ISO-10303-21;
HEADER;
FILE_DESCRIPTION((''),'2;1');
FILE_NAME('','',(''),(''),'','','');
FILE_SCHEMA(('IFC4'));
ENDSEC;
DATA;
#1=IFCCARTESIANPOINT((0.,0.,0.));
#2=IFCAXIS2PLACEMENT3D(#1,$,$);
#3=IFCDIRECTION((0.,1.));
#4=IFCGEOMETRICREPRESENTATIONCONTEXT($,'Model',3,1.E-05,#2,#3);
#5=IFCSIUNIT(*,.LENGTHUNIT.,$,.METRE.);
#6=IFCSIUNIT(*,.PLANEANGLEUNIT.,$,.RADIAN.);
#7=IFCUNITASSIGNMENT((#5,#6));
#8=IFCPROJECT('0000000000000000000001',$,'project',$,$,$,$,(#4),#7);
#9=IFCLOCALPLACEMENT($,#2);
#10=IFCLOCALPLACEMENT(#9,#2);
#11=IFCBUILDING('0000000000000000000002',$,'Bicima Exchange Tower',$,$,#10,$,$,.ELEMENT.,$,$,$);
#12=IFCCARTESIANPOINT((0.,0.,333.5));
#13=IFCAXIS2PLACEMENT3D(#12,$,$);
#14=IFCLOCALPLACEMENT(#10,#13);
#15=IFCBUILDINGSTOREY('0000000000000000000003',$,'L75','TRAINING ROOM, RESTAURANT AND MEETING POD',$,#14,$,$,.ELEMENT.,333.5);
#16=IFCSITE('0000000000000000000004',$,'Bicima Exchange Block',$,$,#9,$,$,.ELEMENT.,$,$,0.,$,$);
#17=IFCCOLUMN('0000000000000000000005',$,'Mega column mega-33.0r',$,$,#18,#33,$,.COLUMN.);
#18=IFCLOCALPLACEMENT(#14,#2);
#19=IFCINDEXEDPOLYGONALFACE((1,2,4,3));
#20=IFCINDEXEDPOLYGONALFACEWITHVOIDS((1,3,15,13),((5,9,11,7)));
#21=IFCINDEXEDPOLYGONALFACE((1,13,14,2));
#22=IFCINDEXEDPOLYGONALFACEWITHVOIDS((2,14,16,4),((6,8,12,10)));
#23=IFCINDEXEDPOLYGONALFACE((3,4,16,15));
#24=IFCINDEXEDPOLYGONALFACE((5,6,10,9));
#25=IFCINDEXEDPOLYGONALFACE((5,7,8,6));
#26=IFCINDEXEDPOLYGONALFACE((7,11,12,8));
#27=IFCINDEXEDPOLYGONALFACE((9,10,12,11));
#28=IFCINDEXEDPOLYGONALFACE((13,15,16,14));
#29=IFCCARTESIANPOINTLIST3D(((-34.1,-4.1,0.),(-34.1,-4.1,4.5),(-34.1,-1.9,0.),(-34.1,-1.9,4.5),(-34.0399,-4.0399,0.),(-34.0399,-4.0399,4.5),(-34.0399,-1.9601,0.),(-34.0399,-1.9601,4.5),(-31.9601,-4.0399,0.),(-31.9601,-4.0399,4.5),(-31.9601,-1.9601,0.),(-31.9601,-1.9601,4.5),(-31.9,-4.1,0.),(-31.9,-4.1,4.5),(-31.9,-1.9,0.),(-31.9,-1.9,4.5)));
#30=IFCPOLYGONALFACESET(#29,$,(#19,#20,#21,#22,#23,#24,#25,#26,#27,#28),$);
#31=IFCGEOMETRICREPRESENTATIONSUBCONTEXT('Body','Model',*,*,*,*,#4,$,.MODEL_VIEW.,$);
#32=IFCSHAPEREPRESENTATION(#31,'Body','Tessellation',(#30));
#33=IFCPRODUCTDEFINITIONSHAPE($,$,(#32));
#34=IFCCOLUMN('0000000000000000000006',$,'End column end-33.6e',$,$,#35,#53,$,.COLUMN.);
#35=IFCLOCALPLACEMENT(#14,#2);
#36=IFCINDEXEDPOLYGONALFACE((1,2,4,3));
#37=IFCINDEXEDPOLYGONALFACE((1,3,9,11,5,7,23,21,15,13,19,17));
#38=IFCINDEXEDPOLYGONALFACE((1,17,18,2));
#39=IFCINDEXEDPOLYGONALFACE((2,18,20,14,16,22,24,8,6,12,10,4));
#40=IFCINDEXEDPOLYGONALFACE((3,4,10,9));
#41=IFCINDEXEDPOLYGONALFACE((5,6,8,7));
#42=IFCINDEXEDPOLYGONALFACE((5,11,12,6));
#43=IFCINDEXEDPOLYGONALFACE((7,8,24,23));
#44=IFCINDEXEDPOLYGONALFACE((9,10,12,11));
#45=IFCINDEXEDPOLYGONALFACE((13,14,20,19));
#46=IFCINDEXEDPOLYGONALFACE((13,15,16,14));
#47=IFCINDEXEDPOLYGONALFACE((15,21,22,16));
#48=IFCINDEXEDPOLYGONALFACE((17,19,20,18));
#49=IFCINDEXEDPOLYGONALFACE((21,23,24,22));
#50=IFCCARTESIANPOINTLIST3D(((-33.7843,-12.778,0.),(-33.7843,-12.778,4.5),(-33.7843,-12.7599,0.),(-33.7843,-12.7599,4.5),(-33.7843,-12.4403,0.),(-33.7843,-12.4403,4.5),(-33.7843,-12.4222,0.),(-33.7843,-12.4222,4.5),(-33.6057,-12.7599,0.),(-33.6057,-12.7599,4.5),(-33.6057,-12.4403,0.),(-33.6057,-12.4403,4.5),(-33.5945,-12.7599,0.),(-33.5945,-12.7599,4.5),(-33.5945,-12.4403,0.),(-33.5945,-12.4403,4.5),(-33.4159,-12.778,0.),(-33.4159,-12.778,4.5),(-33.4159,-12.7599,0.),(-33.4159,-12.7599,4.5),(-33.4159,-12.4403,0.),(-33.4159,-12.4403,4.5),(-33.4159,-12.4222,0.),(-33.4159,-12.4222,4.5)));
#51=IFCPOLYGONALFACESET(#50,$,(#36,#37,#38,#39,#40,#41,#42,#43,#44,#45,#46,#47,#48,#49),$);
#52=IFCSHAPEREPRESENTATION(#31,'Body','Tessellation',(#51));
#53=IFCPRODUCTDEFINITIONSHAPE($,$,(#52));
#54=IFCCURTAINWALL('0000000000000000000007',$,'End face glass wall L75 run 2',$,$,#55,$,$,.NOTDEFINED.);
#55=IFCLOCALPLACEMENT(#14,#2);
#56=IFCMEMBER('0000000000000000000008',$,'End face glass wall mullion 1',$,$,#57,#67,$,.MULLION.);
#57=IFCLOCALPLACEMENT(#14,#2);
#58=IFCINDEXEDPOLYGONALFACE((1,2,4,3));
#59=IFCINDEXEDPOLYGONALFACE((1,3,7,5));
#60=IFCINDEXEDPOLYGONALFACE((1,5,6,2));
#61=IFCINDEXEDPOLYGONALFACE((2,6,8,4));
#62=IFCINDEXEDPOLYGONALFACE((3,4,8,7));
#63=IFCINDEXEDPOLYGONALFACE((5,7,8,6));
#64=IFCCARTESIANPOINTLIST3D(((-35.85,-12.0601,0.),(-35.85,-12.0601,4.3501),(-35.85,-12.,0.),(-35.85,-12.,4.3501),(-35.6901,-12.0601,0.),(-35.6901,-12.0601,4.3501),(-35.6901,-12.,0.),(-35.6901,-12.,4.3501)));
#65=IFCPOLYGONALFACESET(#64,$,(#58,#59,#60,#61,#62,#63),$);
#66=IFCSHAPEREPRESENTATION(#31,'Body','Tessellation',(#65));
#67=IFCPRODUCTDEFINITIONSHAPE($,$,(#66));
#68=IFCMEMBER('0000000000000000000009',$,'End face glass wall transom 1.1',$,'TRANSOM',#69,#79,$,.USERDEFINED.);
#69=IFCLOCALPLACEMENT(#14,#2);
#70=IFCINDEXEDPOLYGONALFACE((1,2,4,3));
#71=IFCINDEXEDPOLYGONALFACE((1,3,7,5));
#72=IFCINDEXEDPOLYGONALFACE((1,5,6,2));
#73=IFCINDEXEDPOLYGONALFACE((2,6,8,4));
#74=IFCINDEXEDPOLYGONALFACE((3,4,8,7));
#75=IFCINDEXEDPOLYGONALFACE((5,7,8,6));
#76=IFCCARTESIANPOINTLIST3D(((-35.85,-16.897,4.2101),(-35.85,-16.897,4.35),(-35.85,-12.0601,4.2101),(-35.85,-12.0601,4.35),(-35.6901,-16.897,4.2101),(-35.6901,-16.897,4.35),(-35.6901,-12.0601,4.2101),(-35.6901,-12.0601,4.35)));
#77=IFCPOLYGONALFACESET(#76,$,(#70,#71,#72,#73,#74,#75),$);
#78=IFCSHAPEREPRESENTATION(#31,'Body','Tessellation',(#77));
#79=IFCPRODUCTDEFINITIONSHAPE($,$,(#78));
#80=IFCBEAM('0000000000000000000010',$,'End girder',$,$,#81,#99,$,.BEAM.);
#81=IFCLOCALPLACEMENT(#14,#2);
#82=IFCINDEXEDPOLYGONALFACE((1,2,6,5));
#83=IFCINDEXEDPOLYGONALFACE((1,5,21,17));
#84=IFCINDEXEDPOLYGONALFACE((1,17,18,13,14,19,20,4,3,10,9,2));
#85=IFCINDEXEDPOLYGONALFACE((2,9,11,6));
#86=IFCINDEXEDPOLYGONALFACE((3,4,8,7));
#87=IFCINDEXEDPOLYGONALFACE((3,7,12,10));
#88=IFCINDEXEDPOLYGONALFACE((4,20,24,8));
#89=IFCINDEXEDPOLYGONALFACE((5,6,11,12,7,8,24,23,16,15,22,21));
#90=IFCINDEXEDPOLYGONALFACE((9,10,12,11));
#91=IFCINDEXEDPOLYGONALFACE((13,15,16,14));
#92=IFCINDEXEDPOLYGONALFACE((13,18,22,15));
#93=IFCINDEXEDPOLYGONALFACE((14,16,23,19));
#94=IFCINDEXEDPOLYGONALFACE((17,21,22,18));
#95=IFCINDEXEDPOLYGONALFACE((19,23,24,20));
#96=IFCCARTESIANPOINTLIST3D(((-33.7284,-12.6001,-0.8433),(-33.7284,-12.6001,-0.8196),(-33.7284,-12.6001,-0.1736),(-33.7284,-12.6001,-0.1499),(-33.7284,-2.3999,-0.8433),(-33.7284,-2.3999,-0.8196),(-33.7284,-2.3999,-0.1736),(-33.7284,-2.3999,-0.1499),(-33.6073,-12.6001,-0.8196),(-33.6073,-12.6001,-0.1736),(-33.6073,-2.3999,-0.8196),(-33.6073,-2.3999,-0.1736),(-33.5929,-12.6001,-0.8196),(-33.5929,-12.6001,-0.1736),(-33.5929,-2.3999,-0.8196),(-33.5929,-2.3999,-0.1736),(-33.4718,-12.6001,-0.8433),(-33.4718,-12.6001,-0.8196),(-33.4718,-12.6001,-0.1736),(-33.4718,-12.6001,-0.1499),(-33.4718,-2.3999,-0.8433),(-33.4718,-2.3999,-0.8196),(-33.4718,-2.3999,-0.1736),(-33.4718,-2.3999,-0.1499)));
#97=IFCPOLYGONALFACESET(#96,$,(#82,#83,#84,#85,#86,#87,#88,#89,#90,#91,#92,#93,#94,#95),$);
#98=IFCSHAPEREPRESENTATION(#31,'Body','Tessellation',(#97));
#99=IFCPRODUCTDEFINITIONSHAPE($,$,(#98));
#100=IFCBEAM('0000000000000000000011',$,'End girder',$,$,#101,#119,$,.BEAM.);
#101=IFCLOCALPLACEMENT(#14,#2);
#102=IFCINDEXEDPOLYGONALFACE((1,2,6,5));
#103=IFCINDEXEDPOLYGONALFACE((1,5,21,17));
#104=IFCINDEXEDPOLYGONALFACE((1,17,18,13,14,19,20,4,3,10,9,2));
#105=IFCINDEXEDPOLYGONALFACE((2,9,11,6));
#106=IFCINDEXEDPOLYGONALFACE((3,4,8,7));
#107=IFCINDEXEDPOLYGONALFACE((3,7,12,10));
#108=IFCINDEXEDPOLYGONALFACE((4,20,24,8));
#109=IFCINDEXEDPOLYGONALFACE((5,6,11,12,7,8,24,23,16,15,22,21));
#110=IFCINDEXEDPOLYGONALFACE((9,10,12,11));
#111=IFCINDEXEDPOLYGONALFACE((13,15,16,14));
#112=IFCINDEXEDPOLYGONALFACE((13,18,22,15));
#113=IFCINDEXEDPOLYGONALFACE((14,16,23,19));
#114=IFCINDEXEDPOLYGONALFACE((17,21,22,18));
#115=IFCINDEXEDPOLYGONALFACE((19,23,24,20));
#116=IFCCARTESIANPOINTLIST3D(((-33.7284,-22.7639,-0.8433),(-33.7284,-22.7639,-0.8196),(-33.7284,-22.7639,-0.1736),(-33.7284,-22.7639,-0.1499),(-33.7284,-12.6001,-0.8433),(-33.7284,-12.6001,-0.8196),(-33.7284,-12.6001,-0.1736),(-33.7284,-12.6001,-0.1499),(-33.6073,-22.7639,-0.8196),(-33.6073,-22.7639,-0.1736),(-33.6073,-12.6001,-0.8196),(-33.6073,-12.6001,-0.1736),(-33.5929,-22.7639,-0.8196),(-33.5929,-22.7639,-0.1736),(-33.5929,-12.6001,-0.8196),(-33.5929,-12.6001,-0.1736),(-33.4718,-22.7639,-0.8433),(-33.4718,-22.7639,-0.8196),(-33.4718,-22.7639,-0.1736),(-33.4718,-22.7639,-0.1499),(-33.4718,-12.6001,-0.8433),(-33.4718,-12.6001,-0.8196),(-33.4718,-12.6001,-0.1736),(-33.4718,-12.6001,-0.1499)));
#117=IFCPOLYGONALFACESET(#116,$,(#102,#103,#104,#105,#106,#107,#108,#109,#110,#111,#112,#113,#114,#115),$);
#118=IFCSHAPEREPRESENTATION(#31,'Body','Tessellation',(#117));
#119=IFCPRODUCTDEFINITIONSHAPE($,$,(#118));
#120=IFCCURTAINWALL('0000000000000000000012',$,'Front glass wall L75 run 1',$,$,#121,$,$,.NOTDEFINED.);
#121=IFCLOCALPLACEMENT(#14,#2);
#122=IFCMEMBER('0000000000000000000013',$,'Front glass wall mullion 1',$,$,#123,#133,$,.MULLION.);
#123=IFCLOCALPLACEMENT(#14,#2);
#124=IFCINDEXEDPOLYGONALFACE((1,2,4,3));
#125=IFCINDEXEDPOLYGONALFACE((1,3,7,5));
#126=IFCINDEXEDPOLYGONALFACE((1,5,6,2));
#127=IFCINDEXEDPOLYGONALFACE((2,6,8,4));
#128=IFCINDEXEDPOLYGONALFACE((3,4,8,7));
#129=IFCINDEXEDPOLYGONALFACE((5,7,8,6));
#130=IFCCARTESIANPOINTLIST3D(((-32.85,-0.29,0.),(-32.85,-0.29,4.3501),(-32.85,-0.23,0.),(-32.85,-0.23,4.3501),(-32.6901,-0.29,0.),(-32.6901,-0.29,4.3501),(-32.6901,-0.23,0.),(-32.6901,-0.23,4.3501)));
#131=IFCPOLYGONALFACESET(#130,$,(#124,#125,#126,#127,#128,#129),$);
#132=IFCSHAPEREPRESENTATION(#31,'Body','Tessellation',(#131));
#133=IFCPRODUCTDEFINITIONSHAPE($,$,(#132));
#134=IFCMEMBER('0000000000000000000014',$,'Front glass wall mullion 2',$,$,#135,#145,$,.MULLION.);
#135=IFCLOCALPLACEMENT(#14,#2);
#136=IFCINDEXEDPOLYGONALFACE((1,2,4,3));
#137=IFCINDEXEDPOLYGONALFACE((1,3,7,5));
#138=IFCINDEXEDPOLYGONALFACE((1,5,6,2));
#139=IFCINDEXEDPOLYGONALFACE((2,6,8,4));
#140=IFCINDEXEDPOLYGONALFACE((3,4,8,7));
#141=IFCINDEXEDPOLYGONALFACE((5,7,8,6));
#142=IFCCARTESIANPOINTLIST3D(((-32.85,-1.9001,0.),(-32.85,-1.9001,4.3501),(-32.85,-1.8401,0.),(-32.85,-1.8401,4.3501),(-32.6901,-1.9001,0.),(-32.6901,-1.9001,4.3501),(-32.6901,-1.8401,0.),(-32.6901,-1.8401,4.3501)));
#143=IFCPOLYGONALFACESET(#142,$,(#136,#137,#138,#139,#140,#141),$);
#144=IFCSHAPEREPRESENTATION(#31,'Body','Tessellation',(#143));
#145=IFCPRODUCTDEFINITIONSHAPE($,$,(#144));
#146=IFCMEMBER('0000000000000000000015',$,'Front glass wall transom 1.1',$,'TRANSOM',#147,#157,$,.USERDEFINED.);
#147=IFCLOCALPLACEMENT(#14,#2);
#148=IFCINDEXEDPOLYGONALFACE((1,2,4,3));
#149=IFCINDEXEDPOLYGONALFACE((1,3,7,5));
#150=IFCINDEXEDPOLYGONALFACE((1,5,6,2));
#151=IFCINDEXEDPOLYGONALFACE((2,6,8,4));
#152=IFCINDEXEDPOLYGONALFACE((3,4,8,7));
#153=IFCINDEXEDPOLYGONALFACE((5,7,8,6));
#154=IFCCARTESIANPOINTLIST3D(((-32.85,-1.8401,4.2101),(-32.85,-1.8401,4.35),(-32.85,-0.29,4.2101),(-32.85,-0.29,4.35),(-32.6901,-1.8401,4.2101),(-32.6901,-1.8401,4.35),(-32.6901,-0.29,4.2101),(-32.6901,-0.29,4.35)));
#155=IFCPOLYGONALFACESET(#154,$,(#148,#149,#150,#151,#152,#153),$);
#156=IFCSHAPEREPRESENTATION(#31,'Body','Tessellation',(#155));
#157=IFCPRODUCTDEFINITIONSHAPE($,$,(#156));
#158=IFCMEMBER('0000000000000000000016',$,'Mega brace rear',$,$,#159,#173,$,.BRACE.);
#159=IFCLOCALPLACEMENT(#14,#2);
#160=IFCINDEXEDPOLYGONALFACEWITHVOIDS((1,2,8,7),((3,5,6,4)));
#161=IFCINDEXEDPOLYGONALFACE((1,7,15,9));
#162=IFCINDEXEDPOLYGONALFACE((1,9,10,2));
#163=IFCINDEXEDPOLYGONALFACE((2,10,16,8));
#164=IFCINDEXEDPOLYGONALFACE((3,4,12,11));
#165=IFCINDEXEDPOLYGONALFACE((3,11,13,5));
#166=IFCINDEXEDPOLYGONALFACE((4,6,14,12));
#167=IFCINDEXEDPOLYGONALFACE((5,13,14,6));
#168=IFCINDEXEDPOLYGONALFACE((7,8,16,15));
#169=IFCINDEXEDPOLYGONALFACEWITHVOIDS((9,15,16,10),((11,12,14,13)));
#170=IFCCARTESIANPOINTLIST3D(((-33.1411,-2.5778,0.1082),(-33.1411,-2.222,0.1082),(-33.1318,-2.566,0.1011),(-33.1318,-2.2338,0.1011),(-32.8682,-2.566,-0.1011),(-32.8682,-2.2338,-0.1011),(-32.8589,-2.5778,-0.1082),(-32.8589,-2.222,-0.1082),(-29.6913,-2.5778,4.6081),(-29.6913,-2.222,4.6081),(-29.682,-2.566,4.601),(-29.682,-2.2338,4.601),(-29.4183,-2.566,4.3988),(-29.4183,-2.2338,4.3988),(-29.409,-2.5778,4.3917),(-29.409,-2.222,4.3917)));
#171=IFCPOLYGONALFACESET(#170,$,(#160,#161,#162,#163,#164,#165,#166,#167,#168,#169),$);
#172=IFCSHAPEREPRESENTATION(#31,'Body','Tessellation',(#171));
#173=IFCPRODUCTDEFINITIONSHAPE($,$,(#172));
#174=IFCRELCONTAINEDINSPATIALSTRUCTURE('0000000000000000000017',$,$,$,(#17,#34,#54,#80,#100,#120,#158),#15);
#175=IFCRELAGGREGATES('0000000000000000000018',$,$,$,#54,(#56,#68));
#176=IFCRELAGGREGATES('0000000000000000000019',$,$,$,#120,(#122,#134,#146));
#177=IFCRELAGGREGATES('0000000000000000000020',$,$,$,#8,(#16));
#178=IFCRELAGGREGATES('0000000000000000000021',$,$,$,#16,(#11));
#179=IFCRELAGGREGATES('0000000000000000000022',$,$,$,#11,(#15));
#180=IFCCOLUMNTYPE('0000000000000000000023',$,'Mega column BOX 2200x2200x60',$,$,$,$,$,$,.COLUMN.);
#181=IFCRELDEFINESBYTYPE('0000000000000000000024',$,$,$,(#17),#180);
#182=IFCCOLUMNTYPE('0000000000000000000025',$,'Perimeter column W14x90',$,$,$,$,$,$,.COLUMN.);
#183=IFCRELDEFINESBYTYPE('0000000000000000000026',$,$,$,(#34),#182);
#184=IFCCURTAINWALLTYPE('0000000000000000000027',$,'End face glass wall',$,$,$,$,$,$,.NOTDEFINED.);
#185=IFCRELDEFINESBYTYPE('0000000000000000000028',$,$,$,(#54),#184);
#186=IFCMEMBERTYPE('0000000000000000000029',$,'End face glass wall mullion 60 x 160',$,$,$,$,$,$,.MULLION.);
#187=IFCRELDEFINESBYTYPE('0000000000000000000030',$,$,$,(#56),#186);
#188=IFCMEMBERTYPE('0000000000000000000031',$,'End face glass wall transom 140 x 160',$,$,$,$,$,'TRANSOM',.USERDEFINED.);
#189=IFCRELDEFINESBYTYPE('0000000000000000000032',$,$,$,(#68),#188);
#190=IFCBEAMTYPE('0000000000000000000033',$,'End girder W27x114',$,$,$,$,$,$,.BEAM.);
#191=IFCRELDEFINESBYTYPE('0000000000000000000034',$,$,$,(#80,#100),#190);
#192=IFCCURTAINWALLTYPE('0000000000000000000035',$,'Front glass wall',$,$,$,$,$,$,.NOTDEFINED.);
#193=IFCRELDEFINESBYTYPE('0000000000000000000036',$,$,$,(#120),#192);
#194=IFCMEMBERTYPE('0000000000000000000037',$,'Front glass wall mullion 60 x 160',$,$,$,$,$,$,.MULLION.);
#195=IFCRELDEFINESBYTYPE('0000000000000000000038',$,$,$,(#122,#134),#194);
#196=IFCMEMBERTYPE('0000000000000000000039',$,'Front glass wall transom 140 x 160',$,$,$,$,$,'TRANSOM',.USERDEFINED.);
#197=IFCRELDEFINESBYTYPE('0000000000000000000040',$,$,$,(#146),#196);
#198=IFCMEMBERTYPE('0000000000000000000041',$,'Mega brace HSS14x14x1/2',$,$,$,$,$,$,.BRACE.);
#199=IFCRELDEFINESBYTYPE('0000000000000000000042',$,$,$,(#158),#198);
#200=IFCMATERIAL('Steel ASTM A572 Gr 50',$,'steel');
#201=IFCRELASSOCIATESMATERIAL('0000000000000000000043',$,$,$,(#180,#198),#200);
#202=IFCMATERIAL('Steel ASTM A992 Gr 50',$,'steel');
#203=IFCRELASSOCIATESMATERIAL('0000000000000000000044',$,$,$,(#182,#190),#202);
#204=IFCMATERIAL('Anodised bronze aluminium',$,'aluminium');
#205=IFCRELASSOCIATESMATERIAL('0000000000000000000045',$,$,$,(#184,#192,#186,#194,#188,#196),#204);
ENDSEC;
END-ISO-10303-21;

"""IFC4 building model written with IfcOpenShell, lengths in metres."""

from ifc_helpers import new_model, si_unit, direction, frame, origin, origin_2d, place, context, subcontext, project, spatial, rectangle, hollow_rectangle, i_section, extrude, material, material_profile, profile_set, type_object, element, aggregate, save


model = new_model("IFC4")

# Units and contexts
model_context = context("Model", 3, precision=1e-05, world=origin(), true_north=direction((0.0, 1.0)))
body_context = subcontext(model_context, "Body", "Model", "MODEL_VIEW")
ifc_project = project(units=[si_unit("LENGTHUNIT", "METRE"), si_unit("PLANEANGLEUNIT", "RADIAN")], contexts=[model_context])

# Site, building, storey
site_placement = place(None, origin())
site = spatial("IfcSite", under=ifc_project, at=site_placement, Name="Bicima Exchange Block", CompositionType="ELEMENT", RefElevation=0.0)
building_placement = place(site_placement, origin())
building = spatial("IfcBuilding", under=site, at=building_placement, Name="Bicima Exchange Tower", CompositionType="ELEMENT")
storey_placement = place(building_placement, frame((0.0, 0.0, 333.5)))
storey = spatial("IfcBuildingStorey", under=building, at=storey_placement, Name="L75", Description="TRAINING ROOM, RESTAURANT AND MEETING POD", CompositionType="ELEMENT", Elevation=333.5)

# Columns
ifc_material_1 = material(Name="Steel ASTM A572 Gr 50", Category="steel")
ifc_material_profile_1 = material_profile(ifc_material_1, hollow_rectangle(XDim=2.2, YDim=2.2, WallThickness=0.0601, at=origin_2d()))
ifc_profile_set_1 = profile_set([ifc_material_profile_1], Name="Steel ASTM A572 Gr 50")
column_type_1 = type_object("IfcColumnType", Name="Mega column BOX 2200x2200x60", PredefinedType="COLUMN", material=ifc_profile_set_1)
column_1_placement = place(storey_placement, frame((-33.0, -3.0, 0.0), z_axis=(0.0, 0.0, 1.0), x_axis=(1.0, 0.0, 0.0)))
element("IfcColumn", 1, at=column_1_placement, inside=storey, type_object=column_type_1, Name="Mega column mega-33.0r", PredefinedType="COLUMN", context=body_context, shape_type="SweptSolid", body=[
    extrude(hollow_rectangle(XDim=2.2, YDim=2.2, WallThickness=0.0601, at=origin_2d()), origin(), (0.0, 0.0, 1.0), 4.5),
])
ifc_material_2 = material(Name="Steel ASTM A992 Gr 50", Category="steel")
ifc_material_profile_2 = material_profile(ifc_material_2, i_section(OverallWidth=0.3684, OverallDepth=0.3557, WebThickness=0.0112, FlangeThickness=0.0181, at=origin_2d()))
ifc_profile_set_2 = profile_set([ifc_material_profile_2], Name="Steel ASTM A992 Gr 50")
column_type_2 = type_object("IfcColumnType", Name="Perimeter column W14x90", PredefinedType="COLUMN", material=ifc_profile_set_2)
column_2_placement = place(storey_placement, frame((-33.6001, -12.6001, 0.0), z_axis=(0.0, 0.0, 1.0), x_axis=(1.0, 0.0, 0.0)))
element("IfcColumn", 2, at=column_2_placement, inside=storey, type_object=column_type_2, Name="End column end-33.6e", PredefinedType="COLUMN", context=body_context, shape_type="SweptSolid", body=[
    extrude(i_section(OverallWidth=0.3684, OverallDepth=0.3557, WebThickness=0.0112, FlangeThickness=0.0181, at=origin_2d()), origin(), (0.0, 0.0, 1.0), 4.5),
])

# Curtain wall, members
ifc_material_3 = material(Name="Anodised bronze aluminium", Category="aluminium")
curtain_wall_type_1 = type_object("IfcCurtainWallType", Name="End face glass wall", PredefinedType="NOTDEFINED", material=ifc_material_3)
curtain_wall_1_placement = place(storey_placement, origin())
curtain_wall_1 = element("IfcCurtainWall", 3, at=curtain_wall_1_placement, inside=storey, type_object=curtain_wall_type_1, Name="End face glass wall L75 run 2", PredefinedType="NOTDEFINED")
ifc_material_profile_3 = material_profile(ifc_material_3, rectangle(XDim=0.1599, YDim=0.0601, at=origin_2d()))
ifc_profile_set_3 = profile_set([ifc_material_profile_3], Name="Anodised bronze aluminium")
member_type_1 = type_object("IfcMemberType", Name="End face glass wall mullion 60 x 160", PredefinedType="MULLION", material=ifc_profile_set_3)
member_1_placement = place(storey_placement, frame((-35.77, -12.03, 0.0), z_axis=(0.0, 0.0, 1.0), x_axis=(1.0, 0.0, 0.0)))
member_1 = element("IfcMember", 4, at=member_1_placement, type_object=member_type_1, Name="End face glass wall mullion 1", PredefinedType="MULLION", context=body_context, shape_type="SweptSolid", body=[
    extrude(rectangle(XDim=0.1599, YDim=0.0601, at=origin_2d()), origin(), (0.0, 0.0, 1.0), 4.3501),
])
ifc_material_profile_4 = material_profile(ifc_material_3, rectangle(XDim=0.1599, YDim=0.1399, at=origin_2d()))
ifc_profile_set_4 = profile_set([ifc_material_profile_4], Name="Anodised bronze aluminium")
member_type_2 = type_object("IfcMemberType", Name="End face glass wall transom 140 x 160", ElementType="TRANSOM", PredefinedType="USERDEFINED", material=ifc_profile_set_4)
member_2_placement = place(storey_placement, frame((-35.77, -12.0601, 4.28), z_axis=(0.0, -1.0, 0.0), x_axis=(1.0, 0.0, 0.0)))
member_2 = element("IfcMember", 5, at=member_2_placement, type_object=member_type_2, Name="End face glass wall transom 1.1", ObjectType="TRANSOM", PredefinedType="USERDEFINED", context=body_context, shape_type="SweptSolid", body=[
    extrude(rectangle(XDim=0.1599, YDim=0.1399, at=origin_2d()), origin(), (0.0, 0.0, 1.0), 4.8369),
])
aggregate(curtain_wall_1, [member_1, member_2])

# Beams
ifc_material_profile_5 = material_profile(ifc_material_2, i_section(OverallWidth=0.2566, OverallDepth=0.6934, WebThickness=0.0144, FlangeThickness=0.0237, at=origin_2d()))
ifc_profile_set_5 = profile_set([ifc_material_profile_5], Name="Steel ASTM A992 Gr 50")
beam_type = type_object("IfcBeamType", Name="End girder W27x114", PredefinedType="BEAM", material=ifc_profile_set_5)
beam_1_placement = place(storey_placement, frame((-33.6001, -2.3999, -0.4966), z_axis=(0.0, -1.0, 0.0), x_axis=(1.0, 0.0, 0.0)))
element("IfcBeam", 6, at=beam_1_placement, inside=storey, type_object=beam_type, Name="End girder", PredefinedType="BEAM", context=body_context, shape_type="SweptSolid", body=[
    extrude(i_section(OverallWidth=0.2566, OverallDepth=0.6934, WebThickness=0.0144, FlangeThickness=0.0237, at=origin_2d()), origin(), (0.0, 0.0, 1.0), 10.2002),
])
beam_2_placement = place(storey_placement, frame((-33.6001, -12.6001, -0.4966), z_axis=(0.0, -1.0, 0.0), x_axis=(1.0, 0.0, 0.0)))
element("IfcBeam", 7, at=beam_2_placement, inside=storey, type_object=beam_type, Name="End girder", PredefinedType="BEAM", context=body_context, shape_type="SweptSolid", body=[
    extrude(i_section(OverallWidth=0.2566, OverallDepth=0.6934, WebThickness=0.0144, FlangeThickness=0.0237, at=origin_2d()), origin(), (0.0, 0.0, 1.0), 10.1638),
])

# Curtain wall, members
curtain_wall_type_2 = type_object("IfcCurtainWallType", Name="Front glass wall", PredefinedType="NOTDEFINED", material=ifc_material_3)
curtain_wall_2_placement = place(storey_placement, origin())
curtain_wall_2 = element("IfcCurtainWall", 8, at=curtain_wall_2_placement, inside=storey, type_object=curtain_wall_type_2, Name="Front glass wall L75 run 1", PredefinedType="NOTDEFINED")
member_type_3 = type_object("IfcMemberType", Name="Front glass wall mullion 60 x 160", PredefinedType="MULLION", material=ifc_profile_set_3)
member_3_placement = place(storey_placement, frame((-32.77, -0.26, 0.0), z_axis=(0.0, 0.0, 1.0), x_axis=(1.0, 0.0, 0.0)))
member_3 = element("IfcMember", 9, at=member_3_placement, type_object=member_type_3, Name="Front glass wall mullion 1", PredefinedType="MULLION", context=body_context, shape_type="SweptSolid", body=[
    extrude(rectangle(XDim=0.1599, YDim=0.0601, at=origin_2d()), origin(), (0.0, 0.0, 1.0), 4.3501),
])
member_4_placement = place(storey_placement, frame((-32.77, -1.8701, 0.0), z_axis=(0.0, 0.0, 1.0), x_axis=(1.0, 0.0, 0.0)))
member_4 = element("IfcMember", 10, at=member_4_placement, type_object=member_type_3, Name="Front glass wall mullion 2", PredefinedType="MULLION", context=body_context, shape_type="SweptSolid", body=[
    extrude(rectangle(XDim=0.1599, YDim=0.0601, at=origin_2d()), origin(), (0.0, 0.0, 1.0), 4.3501),
])
member_type_4 = type_object("IfcMemberType", Name="Front glass wall transom 140 x 160", ElementType="TRANSOM", PredefinedType="USERDEFINED", material=ifc_profile_set_4)
member_5_placement = place(storey_placement, frame((-32.77, -0.29, 4.28), z_axis=(0.0, -1.0, 0.0), x_axis=(1.0, 0.0, 0.0)))
member_5 = element("IfcMember", 11, at=member_5_placement, type_object=member_type_4, Name="Front glass wall transom 1.1", ObjectType="TRANSOM", PredefinedType="USERDEFINED", context=body_context, shape_type="SweptSolid", body=[
    extrude(rectangle(XDim=0.1599, YDim=0.1399, at=origin_2d()), origin(), (0.0, 0.0, 1.0), 1.55),
])

# Member
ifc_material_profile_6 = material_profile(ifc_material_1, hollow_rectangle(XDim=0.3557, YDim=0.3557, WallThickness=0.0117, at=origin_2d()))
ifc_profile_set_6 = profile_set([ifc_material_profile_6], Name="Steel ASTM A572 Gr 50")
member_type_5 = type_object("IfcMemberType", Name="Mega brace HSS14x14x1/2", PredefinedType="BRACE", material=ifc_profile_set_6)
member_6_placement = place(storey_placement, frame((-33.0, -2.3999, 0.0), z_axis=(0.608426, 0.0, 0.793611), x_axis=(0.0, 1.0, 0.0)))
element("IfcMember", 12, at=member_6_placement, inside=storey, type_object=member_type_5, Name="Mega brace rear", PredefinedType="BRACE", context=body_context, shape_type="SweptSolid", body=[
    extrude(hollow_rectangle(XDim=0.3557, YDim=0.3557, WallThickness=0.0117, at=origin_2d()), origin(), (0.0, 0.0, 1.0), 5.6702),
])

aggregate(curtain_wall_2, [member_3, member_4, member_5])

save(model, "model.ifc")
